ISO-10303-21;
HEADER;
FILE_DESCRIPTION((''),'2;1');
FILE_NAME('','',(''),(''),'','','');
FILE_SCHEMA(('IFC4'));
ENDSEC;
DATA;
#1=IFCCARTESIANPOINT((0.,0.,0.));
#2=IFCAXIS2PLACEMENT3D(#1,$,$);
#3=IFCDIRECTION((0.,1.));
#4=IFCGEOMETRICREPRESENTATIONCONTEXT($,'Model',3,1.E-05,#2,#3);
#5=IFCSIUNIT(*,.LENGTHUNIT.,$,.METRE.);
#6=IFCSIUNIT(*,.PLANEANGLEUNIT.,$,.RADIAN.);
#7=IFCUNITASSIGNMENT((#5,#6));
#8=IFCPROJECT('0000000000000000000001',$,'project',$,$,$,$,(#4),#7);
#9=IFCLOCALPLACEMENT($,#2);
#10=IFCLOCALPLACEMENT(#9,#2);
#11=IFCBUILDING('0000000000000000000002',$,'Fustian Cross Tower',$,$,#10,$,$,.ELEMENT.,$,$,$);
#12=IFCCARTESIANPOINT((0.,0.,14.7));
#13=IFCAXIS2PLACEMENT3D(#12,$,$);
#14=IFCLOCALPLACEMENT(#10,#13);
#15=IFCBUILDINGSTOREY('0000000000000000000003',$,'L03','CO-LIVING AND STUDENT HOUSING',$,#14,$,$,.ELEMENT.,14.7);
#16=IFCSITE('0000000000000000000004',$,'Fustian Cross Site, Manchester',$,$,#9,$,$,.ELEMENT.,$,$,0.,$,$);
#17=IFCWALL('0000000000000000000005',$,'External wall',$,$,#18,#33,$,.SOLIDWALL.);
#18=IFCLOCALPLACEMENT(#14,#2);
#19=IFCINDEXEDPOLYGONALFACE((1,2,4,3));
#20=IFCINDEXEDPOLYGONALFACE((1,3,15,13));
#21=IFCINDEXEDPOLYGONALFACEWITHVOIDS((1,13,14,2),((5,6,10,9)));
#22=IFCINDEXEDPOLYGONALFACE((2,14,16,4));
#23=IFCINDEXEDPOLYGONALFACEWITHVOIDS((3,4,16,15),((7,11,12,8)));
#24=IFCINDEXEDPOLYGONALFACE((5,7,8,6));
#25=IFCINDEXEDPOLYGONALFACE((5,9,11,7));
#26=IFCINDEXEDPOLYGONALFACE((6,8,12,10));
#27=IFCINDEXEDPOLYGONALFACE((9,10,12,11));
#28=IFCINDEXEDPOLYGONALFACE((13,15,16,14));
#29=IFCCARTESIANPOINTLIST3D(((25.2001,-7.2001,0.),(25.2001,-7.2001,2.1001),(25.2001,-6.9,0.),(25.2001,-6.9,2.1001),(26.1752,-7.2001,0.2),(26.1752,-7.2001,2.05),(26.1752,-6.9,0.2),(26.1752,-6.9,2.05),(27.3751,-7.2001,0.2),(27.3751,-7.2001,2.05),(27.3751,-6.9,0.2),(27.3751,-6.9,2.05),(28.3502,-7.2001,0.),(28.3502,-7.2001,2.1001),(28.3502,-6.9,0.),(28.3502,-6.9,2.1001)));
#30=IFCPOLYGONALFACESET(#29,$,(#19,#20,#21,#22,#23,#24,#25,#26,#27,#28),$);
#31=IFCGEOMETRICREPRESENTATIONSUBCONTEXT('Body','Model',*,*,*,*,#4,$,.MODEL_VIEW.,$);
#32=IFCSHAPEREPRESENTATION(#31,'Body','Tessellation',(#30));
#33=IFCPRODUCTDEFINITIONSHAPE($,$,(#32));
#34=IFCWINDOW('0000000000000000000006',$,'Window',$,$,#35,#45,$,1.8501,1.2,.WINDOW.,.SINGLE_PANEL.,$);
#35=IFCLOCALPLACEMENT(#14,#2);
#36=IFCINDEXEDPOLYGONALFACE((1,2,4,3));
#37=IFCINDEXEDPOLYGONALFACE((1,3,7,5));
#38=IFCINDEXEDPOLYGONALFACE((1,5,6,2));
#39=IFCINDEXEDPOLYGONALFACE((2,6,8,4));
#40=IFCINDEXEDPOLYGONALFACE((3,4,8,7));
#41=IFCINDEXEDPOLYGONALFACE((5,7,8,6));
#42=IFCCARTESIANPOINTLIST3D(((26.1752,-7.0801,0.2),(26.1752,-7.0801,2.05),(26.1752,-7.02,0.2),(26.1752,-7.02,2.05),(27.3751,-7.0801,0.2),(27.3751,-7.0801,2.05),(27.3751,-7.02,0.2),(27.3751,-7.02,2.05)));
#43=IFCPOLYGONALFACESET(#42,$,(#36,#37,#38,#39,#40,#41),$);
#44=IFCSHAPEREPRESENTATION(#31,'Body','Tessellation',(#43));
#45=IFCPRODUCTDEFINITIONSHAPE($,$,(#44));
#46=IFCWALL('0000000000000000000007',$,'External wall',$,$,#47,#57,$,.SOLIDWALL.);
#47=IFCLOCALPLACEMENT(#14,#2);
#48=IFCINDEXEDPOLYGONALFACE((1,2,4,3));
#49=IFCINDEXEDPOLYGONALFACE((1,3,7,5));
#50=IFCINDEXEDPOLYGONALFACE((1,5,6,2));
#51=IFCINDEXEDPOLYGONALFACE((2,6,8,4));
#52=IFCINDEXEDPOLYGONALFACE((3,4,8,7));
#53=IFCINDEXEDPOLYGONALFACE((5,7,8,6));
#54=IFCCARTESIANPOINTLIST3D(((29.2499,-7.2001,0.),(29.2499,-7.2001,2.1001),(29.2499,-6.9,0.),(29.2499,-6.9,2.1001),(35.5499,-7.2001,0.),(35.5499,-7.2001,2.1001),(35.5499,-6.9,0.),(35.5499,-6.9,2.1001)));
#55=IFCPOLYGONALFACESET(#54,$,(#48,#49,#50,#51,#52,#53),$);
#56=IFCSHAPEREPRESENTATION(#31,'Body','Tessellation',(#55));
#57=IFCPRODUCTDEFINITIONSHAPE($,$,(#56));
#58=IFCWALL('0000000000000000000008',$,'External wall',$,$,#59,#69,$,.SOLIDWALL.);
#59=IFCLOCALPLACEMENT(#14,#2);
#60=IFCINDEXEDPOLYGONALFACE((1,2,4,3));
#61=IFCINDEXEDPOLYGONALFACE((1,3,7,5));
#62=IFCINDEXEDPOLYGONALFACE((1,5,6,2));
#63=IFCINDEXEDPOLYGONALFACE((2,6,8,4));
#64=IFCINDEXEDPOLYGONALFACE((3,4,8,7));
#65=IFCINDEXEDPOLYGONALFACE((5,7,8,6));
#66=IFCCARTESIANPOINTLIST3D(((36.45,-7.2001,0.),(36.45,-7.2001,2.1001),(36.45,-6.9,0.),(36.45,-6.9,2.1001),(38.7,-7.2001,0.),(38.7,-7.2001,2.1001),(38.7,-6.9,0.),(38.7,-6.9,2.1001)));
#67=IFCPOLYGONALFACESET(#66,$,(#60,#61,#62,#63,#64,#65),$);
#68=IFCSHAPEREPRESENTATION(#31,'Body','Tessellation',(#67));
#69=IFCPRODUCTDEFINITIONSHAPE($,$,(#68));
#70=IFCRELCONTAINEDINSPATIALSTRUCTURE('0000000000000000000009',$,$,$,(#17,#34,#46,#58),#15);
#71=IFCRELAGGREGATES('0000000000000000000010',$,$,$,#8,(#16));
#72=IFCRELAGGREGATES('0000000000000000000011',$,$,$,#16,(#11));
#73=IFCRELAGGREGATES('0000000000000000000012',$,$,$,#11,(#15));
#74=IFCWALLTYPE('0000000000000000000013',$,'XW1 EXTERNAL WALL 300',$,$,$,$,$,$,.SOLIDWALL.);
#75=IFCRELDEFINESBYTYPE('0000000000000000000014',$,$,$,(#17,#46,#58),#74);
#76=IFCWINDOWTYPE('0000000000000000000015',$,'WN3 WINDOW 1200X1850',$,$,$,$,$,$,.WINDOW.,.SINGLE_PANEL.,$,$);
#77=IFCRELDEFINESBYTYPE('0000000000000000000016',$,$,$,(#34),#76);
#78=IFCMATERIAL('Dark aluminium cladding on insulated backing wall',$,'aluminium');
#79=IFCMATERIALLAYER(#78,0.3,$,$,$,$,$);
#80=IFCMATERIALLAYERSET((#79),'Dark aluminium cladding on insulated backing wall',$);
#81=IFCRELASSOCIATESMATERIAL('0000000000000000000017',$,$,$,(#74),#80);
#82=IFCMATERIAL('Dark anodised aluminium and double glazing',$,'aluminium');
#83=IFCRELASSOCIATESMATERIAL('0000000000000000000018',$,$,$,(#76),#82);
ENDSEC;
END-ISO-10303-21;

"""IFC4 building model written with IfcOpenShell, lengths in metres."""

from ifc_helpers import new_model, si_unit, direction, frame, frame_2d, origin, place, context, subcontext, project, spatial, rectangle, extrude, material, layer, layer_set, type_object, element, fill, save


model = new_model("IFC4")

# Units and contexts
model_context = context("Model", 3, precision=1e-05, world=origin(), true_north=direction((0.0, 1.0)))
body_context = subcontext(model_context, "Body", "Model", "MODEL_VIEW")
ifc_project = project(units=[si_unit("LENGTHUNIT", "METRE"), si_unit("PLANEANGLEUNIT", "RADIAN")], contexts=[model_context])

# Site, building, storey
site_placement = place(None, origin())
site = spatial("IfcSite", under=ifc_project, at=site_placement, Name="Fustian Cross Site, Manchester", CompositionType="ELEMENT", RefElevation=0.0)
building_placement = place(site_placement, origin())
building = spatial("IfcBuilding", under=site, at=building_placement, Name="Fustian Cross Tower", CompositionType="ELEMENT")
storey_placement = place(building_placement, frame((0.0, 0.0, 14.7)))
storey = spatial("IfcBuildingStorey", under=building, at=storey_placement, Name="L03", Description="CO-LIVING AND STUDENT HOUSING", CompositionType="ELEMENT", Elevation=14.7)

# Wall, opening, window
ifc_material_1 = material(Name="Dark aluminium cladding on insulated backing wall", Category="aluminium")
ifc_layer_1 = layer(ifc_material_1, 0.3)
ifc_layer_set_1 = layer_set([ifc_layer_1], Name="Dark aluminium cladding on insulated backing wall")
wall_type_1 = type_object("IfcWallType", Name="XW1 EXTERNAL WALL 300", PredefinedType="SOLIDWALL", material=ifc_layer_set_1)
ifc_material_2 = material(Name="Dark anodised aluminium and double glazing", Category="aluminium")
window_type = type_object("IfcWindowType", Name="WN3 WINDOW 1200X1850", PartitioningType="SINGLE_PANEL", PredefinedType="WINDOW", material=ifc_material_2)
wall_1_placement = place(storey_placement, frame((25.2, -7.05, 0.0), z_axis=(0.0, 0.0, 1.0), x_axis=(1.0, 0.0, 0.0)))
wall_1 = element("IfcWall", 1, at=wall_1_placement, inside=storey, type_object=wall_type_1, Name="External wall", PredefinedType="SOLIDWALL", context=body_context, shape_type="SweptSolid", body=[
    extrude(rectangle(XDim=3.1501, YDim=0.3, at=frame_2d((1.5752, 0.0))), origin(), (0.0, 0.0, 1.0), 2.1001),
])
opening_1_placement = place(wall_1_placement, frame((0.9751, 0.0, 0.2)))
opening_1 = element("IfcOpeningElement", 2, at=opening_1_placement, cuts=wall_1, PredefinedType="OPENING", context=body_context, shape_type="SweptSolid", body=[
    extrude(rectangle(XDim=1.2, YDim=1.8501, at=frame_2d((0.6001, 0.925))), frame((0.0, 0.1599, 0.0), z_axis=(0.0, -1.0, 0.0), x_axis=(1.0, 0.0, 0.0)), (0.0, 0.0, 1.0), 0.3201),
])
window_1_placement = place(opening_1_placement, origin())
window_1 = element("IfcWindow", 3, at=window_1_placement, inside=storey, type_object=window_type, Name="Window", OverallHeight=1.8501, OverallWidth=1.2, PartitioningType="SINGLE_PANEL", PredefinedType="WINDOW", context=body_context, shape_type="SweptSolid", body=[
    extrude(rectangle(XDim=1.2, YDim=1.8501, at=frame_2d((0.6001, 0.925))), frame((0.0, 0.03, 0.0), z_axis=(0.0, -1.0, 0.0), x_axis=(1.0, 0.0, 0.0)), (0.0, 0.0, 1.0), 0.0601),
])
fill(opening_1, window_1)

# Walls
wall_2_placement = place(storey_placement, frame((29.25, -7.05, 0.0), z_axis=(0.0, 0.0, 1.0), x_axis=(1.0, 0.0, 0.0)))
element("IfcWall", 4, at=wall_2_placement, inside=storey, type_object=wall_type_1, Name="External wall", PredefinedType="SOLIDWALL", context=body_context, shape_type="SweptSolid", body=[
    extrude(rectangle(XDim=6.3, YDim=0.3, at=frame_2d((3.1499, 0.0))), origin(), (0.0, 0.0, 1.0), 2.1001),
])
wall_3_placement = place(storey_placement, frame((36.45, -7.05, 0.0), z_axis=(0.0, 0.0, 1.0), x_axis=(1.0, 0.0, 0.0)))
element("IfcWall", 5, at=wall_3_placement, inside=storey, type_object=wall_type_1, Name="External wall", PredefinedType="SOLIDWALL", context=body_context, shape_type="SweptSolid", body=[
    extrude(rectangle(XDim=2.25, YDim=0.3, at=frame_2d((1.125, 0.0))), origin(), (0.0, 0.0, 1.0), 2.1001),
])

save(model, "model.ifc")
